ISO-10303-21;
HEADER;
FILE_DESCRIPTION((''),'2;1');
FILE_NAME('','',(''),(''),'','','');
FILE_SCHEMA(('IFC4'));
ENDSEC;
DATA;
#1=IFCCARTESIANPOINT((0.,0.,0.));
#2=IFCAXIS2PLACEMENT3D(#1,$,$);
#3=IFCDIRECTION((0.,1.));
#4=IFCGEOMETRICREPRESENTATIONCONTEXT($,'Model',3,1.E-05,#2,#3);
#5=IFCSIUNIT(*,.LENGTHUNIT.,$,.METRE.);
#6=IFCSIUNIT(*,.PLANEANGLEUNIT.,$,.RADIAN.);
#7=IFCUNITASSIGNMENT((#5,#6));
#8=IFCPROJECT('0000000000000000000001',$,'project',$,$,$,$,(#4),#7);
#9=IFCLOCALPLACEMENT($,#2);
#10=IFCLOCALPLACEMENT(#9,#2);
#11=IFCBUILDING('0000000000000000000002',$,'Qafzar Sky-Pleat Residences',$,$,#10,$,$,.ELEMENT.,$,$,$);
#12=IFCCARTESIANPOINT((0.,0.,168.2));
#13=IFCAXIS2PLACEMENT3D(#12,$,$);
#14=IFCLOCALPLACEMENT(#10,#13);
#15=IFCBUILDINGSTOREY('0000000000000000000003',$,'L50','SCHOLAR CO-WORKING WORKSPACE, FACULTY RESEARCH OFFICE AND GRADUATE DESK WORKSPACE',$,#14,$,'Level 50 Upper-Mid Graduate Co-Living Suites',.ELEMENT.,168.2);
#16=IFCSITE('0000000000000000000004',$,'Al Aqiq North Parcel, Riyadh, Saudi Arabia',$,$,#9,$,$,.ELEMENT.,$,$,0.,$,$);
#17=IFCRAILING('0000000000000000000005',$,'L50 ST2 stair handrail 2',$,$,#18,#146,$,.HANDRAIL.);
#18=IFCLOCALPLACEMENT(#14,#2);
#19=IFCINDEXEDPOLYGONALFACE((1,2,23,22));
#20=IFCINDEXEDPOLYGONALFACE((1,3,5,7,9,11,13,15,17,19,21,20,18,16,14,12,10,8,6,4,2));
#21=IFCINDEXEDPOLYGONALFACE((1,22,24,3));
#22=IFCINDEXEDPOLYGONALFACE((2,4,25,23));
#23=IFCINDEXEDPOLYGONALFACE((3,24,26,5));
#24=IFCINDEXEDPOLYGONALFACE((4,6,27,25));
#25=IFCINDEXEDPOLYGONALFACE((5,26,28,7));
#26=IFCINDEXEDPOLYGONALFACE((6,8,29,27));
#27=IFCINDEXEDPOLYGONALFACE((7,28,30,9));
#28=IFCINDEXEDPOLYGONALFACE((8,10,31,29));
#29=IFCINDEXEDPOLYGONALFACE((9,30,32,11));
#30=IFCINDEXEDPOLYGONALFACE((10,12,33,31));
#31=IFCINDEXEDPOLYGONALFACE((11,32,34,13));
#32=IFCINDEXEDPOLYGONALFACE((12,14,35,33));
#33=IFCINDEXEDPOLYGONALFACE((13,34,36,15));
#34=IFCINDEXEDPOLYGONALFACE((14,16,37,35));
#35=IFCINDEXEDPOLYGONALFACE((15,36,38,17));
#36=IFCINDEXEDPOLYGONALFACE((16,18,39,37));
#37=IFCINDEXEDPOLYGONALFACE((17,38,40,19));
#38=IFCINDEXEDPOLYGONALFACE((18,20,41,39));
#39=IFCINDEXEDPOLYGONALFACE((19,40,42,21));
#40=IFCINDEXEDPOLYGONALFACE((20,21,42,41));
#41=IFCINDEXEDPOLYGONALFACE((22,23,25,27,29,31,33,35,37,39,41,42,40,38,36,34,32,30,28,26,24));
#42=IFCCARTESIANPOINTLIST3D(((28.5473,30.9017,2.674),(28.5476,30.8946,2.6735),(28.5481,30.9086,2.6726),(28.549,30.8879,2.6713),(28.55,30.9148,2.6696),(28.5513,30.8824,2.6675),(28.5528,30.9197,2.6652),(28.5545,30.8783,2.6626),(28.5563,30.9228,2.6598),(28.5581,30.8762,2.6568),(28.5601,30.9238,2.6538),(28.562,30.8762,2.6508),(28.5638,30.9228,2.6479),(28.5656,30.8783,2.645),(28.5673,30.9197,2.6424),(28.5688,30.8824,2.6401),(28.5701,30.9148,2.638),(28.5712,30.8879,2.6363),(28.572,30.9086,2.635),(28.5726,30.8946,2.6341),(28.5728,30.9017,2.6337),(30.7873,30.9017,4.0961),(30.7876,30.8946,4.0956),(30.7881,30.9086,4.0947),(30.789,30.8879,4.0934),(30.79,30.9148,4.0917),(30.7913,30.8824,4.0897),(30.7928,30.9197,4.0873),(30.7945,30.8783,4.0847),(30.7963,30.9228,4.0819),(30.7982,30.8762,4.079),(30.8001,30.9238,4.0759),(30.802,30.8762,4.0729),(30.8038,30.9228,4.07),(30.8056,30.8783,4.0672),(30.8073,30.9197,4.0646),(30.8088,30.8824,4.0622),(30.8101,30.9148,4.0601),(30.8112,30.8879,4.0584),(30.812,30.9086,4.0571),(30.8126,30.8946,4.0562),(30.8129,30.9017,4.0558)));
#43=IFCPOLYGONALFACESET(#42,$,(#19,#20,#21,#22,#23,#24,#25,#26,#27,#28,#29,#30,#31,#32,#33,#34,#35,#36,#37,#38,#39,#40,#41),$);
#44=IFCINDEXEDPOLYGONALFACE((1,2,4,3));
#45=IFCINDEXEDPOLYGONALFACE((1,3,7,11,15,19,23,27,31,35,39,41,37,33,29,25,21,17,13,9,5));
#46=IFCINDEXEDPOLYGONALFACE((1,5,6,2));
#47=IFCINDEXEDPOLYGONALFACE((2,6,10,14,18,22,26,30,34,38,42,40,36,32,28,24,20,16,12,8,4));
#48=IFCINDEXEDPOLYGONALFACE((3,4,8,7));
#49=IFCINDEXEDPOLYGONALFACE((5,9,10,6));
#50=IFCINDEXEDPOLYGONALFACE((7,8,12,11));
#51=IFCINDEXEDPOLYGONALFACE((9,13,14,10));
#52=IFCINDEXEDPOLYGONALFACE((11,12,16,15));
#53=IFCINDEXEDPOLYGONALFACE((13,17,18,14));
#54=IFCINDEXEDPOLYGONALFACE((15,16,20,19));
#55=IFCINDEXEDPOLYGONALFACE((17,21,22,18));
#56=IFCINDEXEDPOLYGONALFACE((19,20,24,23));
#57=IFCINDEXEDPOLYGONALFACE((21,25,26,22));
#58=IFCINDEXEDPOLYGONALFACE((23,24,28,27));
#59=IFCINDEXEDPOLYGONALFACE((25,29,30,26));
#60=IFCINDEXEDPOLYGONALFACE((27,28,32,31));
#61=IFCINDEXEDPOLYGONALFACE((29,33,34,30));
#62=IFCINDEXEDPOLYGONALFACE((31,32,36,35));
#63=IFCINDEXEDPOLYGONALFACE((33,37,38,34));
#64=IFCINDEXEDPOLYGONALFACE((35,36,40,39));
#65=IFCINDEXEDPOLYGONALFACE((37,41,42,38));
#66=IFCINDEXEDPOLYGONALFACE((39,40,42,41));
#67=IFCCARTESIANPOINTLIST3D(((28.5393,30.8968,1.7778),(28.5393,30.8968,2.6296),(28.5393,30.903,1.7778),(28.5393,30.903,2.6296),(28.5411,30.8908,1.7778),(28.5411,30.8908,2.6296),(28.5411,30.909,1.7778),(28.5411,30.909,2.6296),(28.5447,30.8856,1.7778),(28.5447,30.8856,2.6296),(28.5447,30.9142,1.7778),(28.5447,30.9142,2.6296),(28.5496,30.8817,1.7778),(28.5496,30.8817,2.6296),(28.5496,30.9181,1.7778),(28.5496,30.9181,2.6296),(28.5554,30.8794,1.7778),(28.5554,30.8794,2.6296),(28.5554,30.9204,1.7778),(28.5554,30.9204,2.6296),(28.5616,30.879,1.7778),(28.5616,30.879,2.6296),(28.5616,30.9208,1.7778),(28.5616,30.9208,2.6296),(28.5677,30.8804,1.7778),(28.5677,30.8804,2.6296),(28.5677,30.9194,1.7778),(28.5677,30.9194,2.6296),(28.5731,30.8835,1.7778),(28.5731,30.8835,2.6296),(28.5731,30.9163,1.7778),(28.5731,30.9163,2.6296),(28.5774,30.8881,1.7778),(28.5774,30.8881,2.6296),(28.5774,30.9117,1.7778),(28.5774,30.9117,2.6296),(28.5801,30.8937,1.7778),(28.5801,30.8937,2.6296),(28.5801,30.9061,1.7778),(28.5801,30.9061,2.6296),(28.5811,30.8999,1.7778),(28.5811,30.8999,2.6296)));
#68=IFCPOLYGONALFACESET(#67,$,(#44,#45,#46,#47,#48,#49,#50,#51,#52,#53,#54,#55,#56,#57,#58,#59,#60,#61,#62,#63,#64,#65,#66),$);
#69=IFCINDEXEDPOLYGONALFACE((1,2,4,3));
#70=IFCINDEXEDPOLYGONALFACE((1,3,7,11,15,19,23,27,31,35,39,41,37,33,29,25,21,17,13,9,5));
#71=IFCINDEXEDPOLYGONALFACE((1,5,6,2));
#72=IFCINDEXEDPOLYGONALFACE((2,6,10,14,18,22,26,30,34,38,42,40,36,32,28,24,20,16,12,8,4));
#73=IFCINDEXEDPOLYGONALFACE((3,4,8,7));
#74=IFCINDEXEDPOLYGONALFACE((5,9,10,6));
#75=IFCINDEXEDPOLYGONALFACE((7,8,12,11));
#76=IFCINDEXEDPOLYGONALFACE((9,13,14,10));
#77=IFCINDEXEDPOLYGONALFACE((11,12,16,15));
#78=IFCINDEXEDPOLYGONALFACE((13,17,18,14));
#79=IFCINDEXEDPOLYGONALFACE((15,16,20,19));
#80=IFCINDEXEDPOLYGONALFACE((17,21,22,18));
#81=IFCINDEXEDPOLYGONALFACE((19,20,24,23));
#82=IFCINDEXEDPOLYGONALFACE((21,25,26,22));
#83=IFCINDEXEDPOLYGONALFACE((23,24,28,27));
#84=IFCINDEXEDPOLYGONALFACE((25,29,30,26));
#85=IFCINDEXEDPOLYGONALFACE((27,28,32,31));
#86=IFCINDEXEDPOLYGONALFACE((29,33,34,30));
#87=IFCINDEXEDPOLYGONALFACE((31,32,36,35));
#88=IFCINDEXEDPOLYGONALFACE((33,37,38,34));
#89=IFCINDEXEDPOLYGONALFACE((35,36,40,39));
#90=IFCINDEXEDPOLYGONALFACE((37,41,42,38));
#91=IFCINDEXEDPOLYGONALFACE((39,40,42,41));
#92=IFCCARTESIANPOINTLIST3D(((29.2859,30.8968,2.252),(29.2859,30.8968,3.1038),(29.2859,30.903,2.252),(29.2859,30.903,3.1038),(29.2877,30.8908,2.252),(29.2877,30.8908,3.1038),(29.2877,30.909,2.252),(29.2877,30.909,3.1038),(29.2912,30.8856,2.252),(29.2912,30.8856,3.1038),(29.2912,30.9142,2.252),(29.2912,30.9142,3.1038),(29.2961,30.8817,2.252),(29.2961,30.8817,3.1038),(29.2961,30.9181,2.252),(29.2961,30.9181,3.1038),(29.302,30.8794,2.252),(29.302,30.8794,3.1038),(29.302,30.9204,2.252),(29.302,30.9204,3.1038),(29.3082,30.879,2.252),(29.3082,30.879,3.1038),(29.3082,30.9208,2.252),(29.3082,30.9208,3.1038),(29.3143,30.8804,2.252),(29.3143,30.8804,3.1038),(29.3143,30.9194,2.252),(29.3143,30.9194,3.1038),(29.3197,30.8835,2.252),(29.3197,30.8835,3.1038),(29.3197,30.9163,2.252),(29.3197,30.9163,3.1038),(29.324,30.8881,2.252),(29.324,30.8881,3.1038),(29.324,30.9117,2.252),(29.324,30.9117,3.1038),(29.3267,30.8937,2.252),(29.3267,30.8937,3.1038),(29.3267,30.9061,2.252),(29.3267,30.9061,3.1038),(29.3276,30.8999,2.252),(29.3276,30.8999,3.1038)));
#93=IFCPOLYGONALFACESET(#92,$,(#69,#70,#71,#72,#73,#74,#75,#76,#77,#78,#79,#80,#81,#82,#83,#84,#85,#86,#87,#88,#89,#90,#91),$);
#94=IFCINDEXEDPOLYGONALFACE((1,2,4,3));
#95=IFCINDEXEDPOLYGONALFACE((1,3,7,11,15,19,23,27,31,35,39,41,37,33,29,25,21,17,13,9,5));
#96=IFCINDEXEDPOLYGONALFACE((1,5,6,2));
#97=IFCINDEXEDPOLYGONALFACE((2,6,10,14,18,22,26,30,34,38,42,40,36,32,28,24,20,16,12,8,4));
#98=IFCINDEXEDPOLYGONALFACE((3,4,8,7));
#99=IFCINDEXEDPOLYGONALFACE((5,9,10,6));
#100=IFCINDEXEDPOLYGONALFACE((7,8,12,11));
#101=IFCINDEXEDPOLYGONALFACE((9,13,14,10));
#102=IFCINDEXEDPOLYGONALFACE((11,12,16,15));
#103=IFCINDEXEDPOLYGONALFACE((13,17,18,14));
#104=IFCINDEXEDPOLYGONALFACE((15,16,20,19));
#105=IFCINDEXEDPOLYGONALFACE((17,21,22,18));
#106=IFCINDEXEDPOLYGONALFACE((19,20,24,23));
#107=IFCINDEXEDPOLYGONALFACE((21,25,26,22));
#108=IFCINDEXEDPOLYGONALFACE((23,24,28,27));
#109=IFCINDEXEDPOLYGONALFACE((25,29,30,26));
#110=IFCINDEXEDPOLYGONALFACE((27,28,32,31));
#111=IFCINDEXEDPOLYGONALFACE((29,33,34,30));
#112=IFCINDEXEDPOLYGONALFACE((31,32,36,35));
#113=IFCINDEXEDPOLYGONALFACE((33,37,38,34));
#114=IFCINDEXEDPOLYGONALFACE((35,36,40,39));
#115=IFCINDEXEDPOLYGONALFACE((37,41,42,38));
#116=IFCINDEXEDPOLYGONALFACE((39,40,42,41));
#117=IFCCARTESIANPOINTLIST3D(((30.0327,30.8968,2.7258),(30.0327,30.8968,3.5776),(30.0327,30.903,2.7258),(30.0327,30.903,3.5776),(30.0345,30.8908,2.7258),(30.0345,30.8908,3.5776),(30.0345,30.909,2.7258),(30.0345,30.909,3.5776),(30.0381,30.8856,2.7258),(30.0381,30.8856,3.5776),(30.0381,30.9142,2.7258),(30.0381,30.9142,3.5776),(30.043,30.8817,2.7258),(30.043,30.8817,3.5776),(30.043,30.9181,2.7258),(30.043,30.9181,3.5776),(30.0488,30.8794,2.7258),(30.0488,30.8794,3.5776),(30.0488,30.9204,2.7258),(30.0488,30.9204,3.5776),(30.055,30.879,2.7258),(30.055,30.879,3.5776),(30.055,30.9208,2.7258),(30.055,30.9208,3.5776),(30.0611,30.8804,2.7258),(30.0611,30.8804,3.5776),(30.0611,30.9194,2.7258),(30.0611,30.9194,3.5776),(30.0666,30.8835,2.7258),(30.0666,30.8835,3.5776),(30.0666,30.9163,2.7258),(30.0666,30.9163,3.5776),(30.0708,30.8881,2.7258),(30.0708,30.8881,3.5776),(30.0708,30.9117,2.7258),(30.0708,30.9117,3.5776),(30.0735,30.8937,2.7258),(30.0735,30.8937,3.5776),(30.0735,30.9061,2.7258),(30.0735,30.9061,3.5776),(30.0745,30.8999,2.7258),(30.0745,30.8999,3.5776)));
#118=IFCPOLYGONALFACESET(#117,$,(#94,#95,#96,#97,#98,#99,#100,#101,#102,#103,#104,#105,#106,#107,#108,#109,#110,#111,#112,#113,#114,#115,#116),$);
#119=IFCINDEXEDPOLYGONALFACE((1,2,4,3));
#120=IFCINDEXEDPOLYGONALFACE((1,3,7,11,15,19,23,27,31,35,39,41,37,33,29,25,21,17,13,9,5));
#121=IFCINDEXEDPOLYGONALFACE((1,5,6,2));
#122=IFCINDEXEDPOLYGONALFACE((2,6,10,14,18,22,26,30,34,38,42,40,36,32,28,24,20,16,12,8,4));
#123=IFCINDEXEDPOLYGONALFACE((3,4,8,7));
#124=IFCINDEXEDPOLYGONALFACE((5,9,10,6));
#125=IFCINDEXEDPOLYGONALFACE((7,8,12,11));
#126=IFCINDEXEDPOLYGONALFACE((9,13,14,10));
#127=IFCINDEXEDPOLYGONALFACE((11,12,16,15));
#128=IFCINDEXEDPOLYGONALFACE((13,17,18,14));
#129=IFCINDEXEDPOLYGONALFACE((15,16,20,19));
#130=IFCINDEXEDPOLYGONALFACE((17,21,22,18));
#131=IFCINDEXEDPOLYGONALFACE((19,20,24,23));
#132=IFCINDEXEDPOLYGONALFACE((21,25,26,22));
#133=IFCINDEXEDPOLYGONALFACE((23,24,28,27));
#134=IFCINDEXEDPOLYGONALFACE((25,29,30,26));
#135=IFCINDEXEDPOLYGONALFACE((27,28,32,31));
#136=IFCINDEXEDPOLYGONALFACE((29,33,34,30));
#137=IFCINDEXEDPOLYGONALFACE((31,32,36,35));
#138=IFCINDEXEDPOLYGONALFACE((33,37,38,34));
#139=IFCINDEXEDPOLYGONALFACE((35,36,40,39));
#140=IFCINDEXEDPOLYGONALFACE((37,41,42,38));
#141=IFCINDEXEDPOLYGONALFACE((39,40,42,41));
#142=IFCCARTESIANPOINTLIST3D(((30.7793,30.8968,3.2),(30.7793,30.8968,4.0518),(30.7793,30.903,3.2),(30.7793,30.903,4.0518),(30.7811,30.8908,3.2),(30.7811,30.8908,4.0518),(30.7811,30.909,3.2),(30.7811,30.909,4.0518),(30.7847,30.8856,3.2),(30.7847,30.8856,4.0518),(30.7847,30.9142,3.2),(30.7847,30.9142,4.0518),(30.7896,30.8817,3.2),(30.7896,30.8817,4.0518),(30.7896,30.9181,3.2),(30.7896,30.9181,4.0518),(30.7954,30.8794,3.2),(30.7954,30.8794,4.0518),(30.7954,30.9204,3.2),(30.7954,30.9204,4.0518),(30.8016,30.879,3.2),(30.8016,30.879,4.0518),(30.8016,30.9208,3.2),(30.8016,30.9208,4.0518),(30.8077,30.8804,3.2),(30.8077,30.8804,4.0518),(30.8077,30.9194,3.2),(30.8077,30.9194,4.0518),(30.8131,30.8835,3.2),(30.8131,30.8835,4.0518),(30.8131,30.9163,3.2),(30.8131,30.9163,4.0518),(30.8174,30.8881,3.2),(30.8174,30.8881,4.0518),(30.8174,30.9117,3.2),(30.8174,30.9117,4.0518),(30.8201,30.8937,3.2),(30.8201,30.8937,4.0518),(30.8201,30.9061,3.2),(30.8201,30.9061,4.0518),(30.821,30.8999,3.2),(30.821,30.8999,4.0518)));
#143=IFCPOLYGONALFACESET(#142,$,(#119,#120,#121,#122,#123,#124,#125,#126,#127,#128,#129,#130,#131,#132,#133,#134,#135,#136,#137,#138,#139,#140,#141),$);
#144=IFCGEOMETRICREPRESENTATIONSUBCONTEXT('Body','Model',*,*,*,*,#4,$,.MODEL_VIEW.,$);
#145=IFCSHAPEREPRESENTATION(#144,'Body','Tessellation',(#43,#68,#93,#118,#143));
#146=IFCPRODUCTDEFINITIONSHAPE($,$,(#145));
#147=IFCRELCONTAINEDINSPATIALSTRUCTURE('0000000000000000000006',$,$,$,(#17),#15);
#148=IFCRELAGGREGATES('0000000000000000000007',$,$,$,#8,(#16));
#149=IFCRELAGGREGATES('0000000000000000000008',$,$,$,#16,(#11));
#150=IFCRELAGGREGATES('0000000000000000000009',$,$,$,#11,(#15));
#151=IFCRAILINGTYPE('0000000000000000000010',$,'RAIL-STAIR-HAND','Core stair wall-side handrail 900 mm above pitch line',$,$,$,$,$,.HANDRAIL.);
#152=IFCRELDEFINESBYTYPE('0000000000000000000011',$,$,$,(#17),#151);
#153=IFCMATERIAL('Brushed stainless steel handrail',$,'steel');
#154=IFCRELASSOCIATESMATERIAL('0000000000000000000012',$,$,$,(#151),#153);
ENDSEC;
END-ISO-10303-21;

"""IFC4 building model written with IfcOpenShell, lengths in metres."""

from ifc_helpers import new_model, si_unit, direction, frame, origin, origin_2d, place, context, subcontext, project, spatial, circle, extrude, source, transform, mapped, material, type_object, element, save


model = new_model("IFC4")

# Units and contexts
model_context = context("Model", 3, precision=1e-05, world=origin(), true_north=direction((0.0, 1.0)))
body_context = subcontext(model_context, "Body", "Model", "MODEL_VIEW")
ifc_project = project(units=[si_unit("LENGTHUNIT", "METRE"), si_unit("PLANEANGLEUNIT", "RADIAN")], contexts=[model_context])

# Site, building, storey
site_placement = place(None, origin())
site = spatial("IfcSite", under=ifc_project, at=site_placement, Name="Al Aqiq North Parcel, Riyadh, Saudi Arabia", CompositionType="ELEMENT", RefElevation=0.0)
building_placement = place(site_placement, origin())
building = spatial("IfcBuilding", under=site, at=building_placement, Name="Qafzar Sky-Pleat Residences", CompositionType="ELEMENT")
storey_placement = place(building_placement, frame((0.0, 0.0, 168.2)))
storey = spatial("IfcBuildingStorey", under=building, at=storey_placement, Name="L50", Description="SCHOLAR CO-WORKING WORKSPACE, FACULTY RESEARCH OFFICE AND GRADUATE DESK WORKSPACE", LongName="Level 50 Upper-Mid Graduate Co-Living Suites", CompositionType="ELEMENT", Elevation=168.2)

# Railing
ifc_material_1 = material(Name="Brushed stainless steel handrail", Category="steel")
railing_type_1 = type_object("IfcRailingType", Name="RAIL-STAIR-HAND", Description="Core stair wall-side handrail 900 mm above pitch line", PredefinedType="HANDRAIL", material=ifc_material_1)
shared_shape_1 = source(origin(), body_context, "Body", "SweptSolid", [
    extrude(circle(Radius=0.0239, at=origin_2d()), frame((0.0, 0.0, 0.876), z_axis=(0.844229, 0.0, 0.535982), x_axis=(0.0, 1.0, 0.0)), (0.0, 0.0, 1.0), 2.6533),
    extrude(circle(Radius=0.021, at=origin_2d()), origin(), (0.0, 0.0, 1.0), 0.8518),
    extrude(circle(Radius=0.021, at=origin_2d()), frame((0.7466, 0.0, 0.4741)), (0.0, 0.0, 1.0), 0.8518),
    extrude(circle(Radius=0.021, at=origin_2d()), frame((1.4934, 0.0, 0.948)), (0.0, 0.0, 1.0), 0.8518),
    extrude(circle(Radius=0.021, at=origin_2d()), frame((2.24, 0.0, 1.4221)), (0.0, 0.0, 1.0), 0.8518),
])
railing_1_placement = place(storey_placement, frame((28.5601, 30.8999, 1.7778)))
element("IfcRailing", 1, at=railing_1_placement, inside=storey, type_object=railing_type_1, Name="L50 ST2 stair handrail 2", PredefinedType="HANDRAIL", context=body_context, shape_type="MappedRepresentation", body=[
    mapped(shared_shape_1, transform((0.0, 0.0, 0.0), x_axis=(1.0, 0.0, 0.0), y_axis=(0.0, 1.0, 0.0), z_axis=(0.0, 0.0, 1.0), scale=1.0)),
])

save(model, "model.ifc")
